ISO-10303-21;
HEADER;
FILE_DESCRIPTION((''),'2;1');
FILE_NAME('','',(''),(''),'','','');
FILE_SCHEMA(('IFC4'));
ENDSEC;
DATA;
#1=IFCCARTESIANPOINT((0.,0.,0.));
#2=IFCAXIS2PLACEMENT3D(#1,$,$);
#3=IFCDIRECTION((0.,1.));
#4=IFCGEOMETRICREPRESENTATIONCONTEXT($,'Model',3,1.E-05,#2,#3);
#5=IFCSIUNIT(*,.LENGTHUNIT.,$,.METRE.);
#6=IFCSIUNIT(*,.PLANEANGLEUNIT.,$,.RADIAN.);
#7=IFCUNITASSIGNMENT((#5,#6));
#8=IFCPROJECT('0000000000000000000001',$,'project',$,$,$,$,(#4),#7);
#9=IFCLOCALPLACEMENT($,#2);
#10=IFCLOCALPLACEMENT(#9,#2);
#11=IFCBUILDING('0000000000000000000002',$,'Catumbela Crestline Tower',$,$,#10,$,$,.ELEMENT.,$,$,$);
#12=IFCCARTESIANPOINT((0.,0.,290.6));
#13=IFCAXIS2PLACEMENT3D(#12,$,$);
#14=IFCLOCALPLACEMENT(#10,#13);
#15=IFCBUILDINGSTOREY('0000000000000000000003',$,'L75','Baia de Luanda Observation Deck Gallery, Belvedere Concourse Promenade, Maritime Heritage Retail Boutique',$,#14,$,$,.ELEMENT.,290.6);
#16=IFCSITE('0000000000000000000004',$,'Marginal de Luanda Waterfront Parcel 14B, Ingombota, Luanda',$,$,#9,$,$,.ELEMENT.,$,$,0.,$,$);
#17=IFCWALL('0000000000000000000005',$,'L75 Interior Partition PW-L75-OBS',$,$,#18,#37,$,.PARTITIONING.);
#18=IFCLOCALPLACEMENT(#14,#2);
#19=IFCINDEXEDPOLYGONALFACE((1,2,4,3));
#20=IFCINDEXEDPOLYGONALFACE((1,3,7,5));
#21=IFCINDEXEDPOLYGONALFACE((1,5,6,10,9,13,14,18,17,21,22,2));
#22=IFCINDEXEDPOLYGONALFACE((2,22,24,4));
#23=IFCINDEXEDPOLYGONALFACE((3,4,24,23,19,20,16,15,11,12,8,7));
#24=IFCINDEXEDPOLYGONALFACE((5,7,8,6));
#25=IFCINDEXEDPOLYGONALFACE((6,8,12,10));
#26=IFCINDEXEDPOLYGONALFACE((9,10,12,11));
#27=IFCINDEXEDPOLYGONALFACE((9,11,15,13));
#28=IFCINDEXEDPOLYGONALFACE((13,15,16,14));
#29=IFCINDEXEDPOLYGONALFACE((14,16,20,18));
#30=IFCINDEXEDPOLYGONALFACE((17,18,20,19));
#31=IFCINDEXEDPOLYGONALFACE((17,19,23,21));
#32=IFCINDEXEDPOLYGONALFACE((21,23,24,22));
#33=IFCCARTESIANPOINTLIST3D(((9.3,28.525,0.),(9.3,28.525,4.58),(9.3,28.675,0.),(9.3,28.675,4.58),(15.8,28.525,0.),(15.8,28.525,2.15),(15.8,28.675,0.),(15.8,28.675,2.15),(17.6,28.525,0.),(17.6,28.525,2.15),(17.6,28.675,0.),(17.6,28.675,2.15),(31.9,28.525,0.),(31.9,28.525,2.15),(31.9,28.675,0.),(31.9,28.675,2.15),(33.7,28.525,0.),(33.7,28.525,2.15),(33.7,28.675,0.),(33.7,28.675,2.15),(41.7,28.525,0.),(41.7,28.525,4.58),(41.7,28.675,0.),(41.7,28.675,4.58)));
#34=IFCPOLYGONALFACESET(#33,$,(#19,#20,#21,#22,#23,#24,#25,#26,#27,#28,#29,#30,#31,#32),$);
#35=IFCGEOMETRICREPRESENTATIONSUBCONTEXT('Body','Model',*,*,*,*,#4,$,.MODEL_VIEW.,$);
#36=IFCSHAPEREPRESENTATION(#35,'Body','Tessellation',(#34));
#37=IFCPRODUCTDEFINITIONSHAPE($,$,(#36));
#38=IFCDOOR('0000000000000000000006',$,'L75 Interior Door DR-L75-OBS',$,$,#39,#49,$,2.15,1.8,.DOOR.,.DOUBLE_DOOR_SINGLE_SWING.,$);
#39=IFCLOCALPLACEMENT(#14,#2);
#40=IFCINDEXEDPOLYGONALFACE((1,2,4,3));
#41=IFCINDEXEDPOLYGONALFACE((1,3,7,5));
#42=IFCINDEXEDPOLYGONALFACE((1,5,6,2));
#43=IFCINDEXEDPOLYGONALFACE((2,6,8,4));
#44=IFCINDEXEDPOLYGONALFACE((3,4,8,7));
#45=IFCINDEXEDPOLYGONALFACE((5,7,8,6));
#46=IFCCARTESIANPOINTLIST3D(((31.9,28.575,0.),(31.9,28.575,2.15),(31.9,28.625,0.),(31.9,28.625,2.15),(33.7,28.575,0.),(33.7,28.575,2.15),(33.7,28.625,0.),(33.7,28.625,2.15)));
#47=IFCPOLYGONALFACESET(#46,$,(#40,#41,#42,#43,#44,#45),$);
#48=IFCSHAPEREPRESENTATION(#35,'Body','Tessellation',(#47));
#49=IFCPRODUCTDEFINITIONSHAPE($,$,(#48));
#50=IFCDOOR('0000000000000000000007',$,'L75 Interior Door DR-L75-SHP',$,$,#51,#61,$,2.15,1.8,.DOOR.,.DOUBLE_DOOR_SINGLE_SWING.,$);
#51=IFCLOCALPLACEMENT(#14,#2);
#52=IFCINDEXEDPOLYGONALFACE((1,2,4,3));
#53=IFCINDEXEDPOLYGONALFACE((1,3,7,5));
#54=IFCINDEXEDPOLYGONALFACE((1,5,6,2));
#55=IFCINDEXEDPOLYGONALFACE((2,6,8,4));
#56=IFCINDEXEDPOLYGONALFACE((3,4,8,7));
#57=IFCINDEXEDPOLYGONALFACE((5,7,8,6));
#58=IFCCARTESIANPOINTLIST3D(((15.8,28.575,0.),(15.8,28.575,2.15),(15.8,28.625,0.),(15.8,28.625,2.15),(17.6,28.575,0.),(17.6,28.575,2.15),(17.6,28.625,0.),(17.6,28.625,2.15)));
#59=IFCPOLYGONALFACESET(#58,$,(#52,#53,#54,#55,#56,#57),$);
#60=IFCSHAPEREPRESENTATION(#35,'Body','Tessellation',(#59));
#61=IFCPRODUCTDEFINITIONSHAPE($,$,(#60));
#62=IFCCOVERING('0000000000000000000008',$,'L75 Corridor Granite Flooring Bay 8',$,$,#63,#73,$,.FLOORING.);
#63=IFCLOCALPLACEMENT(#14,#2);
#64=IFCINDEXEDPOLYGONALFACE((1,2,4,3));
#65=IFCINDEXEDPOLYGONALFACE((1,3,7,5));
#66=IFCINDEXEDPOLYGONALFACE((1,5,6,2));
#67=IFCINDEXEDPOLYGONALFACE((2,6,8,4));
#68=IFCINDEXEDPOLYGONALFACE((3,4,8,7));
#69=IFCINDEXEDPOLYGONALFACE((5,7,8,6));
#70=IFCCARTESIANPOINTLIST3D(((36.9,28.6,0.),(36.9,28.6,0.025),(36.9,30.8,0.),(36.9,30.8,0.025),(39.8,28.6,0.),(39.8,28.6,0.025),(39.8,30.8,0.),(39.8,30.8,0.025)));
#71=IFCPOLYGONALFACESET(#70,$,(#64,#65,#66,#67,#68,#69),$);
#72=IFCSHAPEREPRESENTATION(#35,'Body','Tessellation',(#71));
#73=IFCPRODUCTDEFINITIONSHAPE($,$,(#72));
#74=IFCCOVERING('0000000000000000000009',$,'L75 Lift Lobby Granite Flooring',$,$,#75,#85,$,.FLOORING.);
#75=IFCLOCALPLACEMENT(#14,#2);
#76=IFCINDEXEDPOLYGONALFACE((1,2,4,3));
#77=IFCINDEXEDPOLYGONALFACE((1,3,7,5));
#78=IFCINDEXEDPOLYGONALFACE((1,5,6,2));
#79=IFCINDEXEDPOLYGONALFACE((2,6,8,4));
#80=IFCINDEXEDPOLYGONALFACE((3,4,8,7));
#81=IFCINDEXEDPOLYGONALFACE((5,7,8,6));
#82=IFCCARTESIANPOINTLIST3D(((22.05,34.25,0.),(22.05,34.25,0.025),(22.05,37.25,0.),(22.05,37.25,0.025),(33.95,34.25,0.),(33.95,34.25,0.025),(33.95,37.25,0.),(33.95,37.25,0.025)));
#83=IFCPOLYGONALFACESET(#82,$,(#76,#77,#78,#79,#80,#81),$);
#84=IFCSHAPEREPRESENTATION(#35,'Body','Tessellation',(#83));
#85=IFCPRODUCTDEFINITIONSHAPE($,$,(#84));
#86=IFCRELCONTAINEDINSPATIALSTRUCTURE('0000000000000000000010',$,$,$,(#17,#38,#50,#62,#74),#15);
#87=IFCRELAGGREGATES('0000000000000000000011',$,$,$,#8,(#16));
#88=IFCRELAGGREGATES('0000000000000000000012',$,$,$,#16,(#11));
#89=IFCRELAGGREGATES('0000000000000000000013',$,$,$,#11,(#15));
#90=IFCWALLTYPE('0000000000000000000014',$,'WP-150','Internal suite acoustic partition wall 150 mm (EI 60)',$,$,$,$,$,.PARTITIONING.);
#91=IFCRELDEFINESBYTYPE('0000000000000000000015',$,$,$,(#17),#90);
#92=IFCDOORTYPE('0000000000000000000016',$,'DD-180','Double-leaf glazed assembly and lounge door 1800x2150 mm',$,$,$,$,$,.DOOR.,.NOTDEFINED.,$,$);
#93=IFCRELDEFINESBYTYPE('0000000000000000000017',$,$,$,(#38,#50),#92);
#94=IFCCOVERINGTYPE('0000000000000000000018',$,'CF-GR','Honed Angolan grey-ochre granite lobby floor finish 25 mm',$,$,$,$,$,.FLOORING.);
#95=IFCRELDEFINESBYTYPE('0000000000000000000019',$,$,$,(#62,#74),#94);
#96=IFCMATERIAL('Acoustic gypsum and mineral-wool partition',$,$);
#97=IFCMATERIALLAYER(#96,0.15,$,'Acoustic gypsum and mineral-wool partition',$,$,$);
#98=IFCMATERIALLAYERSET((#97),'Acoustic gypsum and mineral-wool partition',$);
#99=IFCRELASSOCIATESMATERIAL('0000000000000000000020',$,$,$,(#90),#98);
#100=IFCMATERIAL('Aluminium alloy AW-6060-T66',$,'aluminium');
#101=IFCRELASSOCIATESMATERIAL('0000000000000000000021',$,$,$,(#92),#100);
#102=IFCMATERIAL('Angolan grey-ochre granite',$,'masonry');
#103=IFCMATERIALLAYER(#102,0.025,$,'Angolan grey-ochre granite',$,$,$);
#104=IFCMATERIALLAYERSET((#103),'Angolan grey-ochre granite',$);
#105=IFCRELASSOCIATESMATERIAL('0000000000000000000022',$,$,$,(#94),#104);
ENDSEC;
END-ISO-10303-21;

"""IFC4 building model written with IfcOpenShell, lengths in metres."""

from ifc_helpers import new_model, si_unit, direction, frame, frame_2d, origin, place, context, subcontext, project, spatial, polyline, rectangle, outline, extrude, material, layer, layer_set, type_object, element, fill, save


model = new_model("IFC4")

# Units and contexts
model_context = context("Model", 3, precision=1e-05, world=origin(), true_north=direction((0.0, 1.0)))
body_context = subcontext(model_context, "Body", "Model", "MODEL_VIEW")
ifc_project = project(units=[si_unit("LENGTHUNIT", "METRE"), si_unit("PLANEANGLEUNIT", "RADIAN")], contexts=[model_context])

# Site, building, storey
site_placement = place(None, origin())
site = spatial("IfcSite", under=ifc_project, at=site_placement, Name="Marginal de Luanda Waterfront Parcel 14B, Ingombota, Luanda", CompositionType="ELEMENT", RefElevation=0.0)
building_placement = place(site_placement, origin())
building = spatial("IfcBuilding", under=site, at=building_placement, Name="Catumbela Crestline Tower", CompositionType="ELEMENT")
storey_placement = place(building_placement, frame((0.0, 0.0, 290.6)))
storey = spatial("IfcBuildingStorey", under=building, at=storey_placement, Name="L75", Description="Baia de Luanda Observation Deck Gallery, Belvedere Concourse Promenade, Maritime Heritage Retail Boutique", CompositionType="ELEMENT", Elevation=290.6)

# Shared definitions
ifc_material_1 = material(Name="Aluminium alloy AW-6060-T66", Category="aluminium")

# Shared definitions
ifc_material_2 = material(Name="Angolan grey-ochre granite", Category="masonry")

# Wall, openings, doors
ifc_material_3 = material(Name="Acoustic gypsum and mineral-wool partition")
ifc_layer_1 = layer(ifc_material_3, 0.15, Name="Acoustic gypsum and mineral-wool partition")
ifc_layer_set_1 = layer_set([ifc_layer_1], Name="Acoustic gypsum and mineral-wool partition")
wall_type_1 = type_object("IfcWallType", Name="WP-150", Description="Internal suite acoustic partition wall 150 mm (EI 60)", PredefinedType="PARTITIONING", material=ifc_layer_set_1)
wall_1_placement = place(storey_placement, frame((9.3, 28.6, 0.0), z_axis=(0.0, 0.0, 1.0), x_axis=(1.0, 0.0, 0.0)))
wall_1 = element("IfcWall", 1, at=wall_1_placement, inside=storey, type_object=wall_type_1, Name="L75 Interior Partition PW-L75-OBS", PredefinedType="PARTITIONING", context=body_context, shape_type="SweptSolid", body=[
    extrude(rectangle(XDim=32.4, YDim=0.15, at=frame_2d((16.2, 0.0))), origin(), (0.0, 0.0, 1.0), 4.58),
])
opening_1_placement = place(wall_1_placement, frame((22.6, 0.0, 0.0)))
opening_1 = element("IfcOpeningElement", 2, at=opening_1_placement, cuts=wall_1, PredefinedType="OPENING", context=body_context, shape_type="SweptSolid", body=[
    extrude(rectangle(XDim=1.8, YDim=2.15, at=frame_2d((0.9, 1.075))), frame((0.0, 0.085, 0.0), z_axis=(0.0, -1.0, 0.0), x_axis=(1.0, 0.0, 0.0)), (0.0, 0.0, 1.0), 0.17),
])
opening_2_placement = place(wall_1_placement, frame((6.5, 0.0, 0.0)))
opening_2 = element("IfcOpeningElement", 3, at=opening_2_placement, cuts=wall_1, PredefinedType="OPENING", context=body_context, shape_type="SweptSolid", body=[
    extrude(rectangle(XDim=1.8, YDim=2.15, at=frame_2d((0.9, 1.075))), frame((0.0, 0.085, 0.0), z_axis=(0.0, -1.0, 0.0), x_axis=(1.0, 0.0, 0.0)), (0.0, 0.0, 1.0), 0.17),
])
door_type_1 = type_object("IfcDoorType", Name="DD-180", Description="Double-leaf glazed assembly and lounge door 1800x2150 mm", OperationType="NOTDEFINED", PredefinedType="DOOR", material=ifc_material_1)
door_1_placement = place(opening_1_placement, origin())
door_1 = element("IfcDoor", 4, at=door_1_placement, inside=storey, type_object=door_type_1, Name="L75 Interior Door DR-L75-OBS", OperationType="DOUBLE_DOOR_SINGLE_SWING", OverallHeight=2.15, OverallWidth=1.8, PredefinedType="DOOR", context=body_context, shape_type="SweptSolid", body=[
    extrude(rectangle(XDim=1.8, YDim=2.15, at=frame_2d((0.9, 1.075))), frame((0.0, 0.025, 0.0), z_axis=(0.0, -1.0, 0.0), x_axis=(1.0, 0.0, 0.0)), (0.0, 0.0, 1.0), 0.05),
])
fill(opening_1, door_1)
door_2_placement = place(opening_2_placement, origin())
door_2 = element("IfcDoor", 5, at=door_2_placement, inside=storey, type_object=door_type_1, Name="L75 Interior Door DR-L75-SHP", OperationType="DOUBLE_DOOR_SINGLE_SWING", OverallHeight=2.15, OverallWidth=1.8, PredefinedType="DOOR", context=body_context, shape_type="SweptSolid", body=[
    extrude(rectangle(XDim=1.8, YDim=2.15, at=frame_2d((0.9, 1.075))), frame((0.0, 0.025, 0.0), z_axis=(0.0, -1.0, 0.0), x_axis=(1.0, 0.0, 0.0)), (0.0, 0.0, 1.0), 0.05),
])
fill(opening_2, door_2)

# Coverings
ifc_layer_2 = layer(ifc_material_2, 0.025, Name="Angolan grey-ochre granite")
ifc_layer_set_2 = layer_set([ifc_layer_2], Name="Angolan grey-ochre granite")
covering_type = type_object("IfcCoveringType", Name="CF-GR", Description="Honed Angolan grey-ochre granite lobby floor finish 25 mm", PredefinedType="FLOORING", material=ifc_layer_set_2)
covering_1_placement = place(storey_placement, origin())
element("IfcCovering", 6, at=covering_1_placement, inside=storey, type_object=covering_type, Name="L75 Corridor Granite Flooring Bay 8", PredefinedType="FLOORING", context=body_context, shape_type="SweptSolid", body=[
    extrude(outline(polyline([(36.9, 28.6), (39.8, 28.6), (39.8, 30.8), (36.9, 30.8), (36.9, 28.6)])), origin(), (0.0, 0.0, 1.0), 0.025),
])
covering_2_placement = place(storey_placement, origin())
element("IfcCovering", 7, at=covering_2_placement, inside=storey, type_object=covering_type, Name="L75 Lift Lobby Granite Flooring", PredefinedType="FLOORING", context=body_context, shape_type="SweptSolid", body=[
    extrude(outline(polyline([(22.05, 34.25), (33.95, 34.25), (33.95, 37.25), (22.05, 37.25), (22.05, 34.25)])), origin(), (0.0, 0.0, 1.0), 0.025),
])

save(model, "model.ifc")
